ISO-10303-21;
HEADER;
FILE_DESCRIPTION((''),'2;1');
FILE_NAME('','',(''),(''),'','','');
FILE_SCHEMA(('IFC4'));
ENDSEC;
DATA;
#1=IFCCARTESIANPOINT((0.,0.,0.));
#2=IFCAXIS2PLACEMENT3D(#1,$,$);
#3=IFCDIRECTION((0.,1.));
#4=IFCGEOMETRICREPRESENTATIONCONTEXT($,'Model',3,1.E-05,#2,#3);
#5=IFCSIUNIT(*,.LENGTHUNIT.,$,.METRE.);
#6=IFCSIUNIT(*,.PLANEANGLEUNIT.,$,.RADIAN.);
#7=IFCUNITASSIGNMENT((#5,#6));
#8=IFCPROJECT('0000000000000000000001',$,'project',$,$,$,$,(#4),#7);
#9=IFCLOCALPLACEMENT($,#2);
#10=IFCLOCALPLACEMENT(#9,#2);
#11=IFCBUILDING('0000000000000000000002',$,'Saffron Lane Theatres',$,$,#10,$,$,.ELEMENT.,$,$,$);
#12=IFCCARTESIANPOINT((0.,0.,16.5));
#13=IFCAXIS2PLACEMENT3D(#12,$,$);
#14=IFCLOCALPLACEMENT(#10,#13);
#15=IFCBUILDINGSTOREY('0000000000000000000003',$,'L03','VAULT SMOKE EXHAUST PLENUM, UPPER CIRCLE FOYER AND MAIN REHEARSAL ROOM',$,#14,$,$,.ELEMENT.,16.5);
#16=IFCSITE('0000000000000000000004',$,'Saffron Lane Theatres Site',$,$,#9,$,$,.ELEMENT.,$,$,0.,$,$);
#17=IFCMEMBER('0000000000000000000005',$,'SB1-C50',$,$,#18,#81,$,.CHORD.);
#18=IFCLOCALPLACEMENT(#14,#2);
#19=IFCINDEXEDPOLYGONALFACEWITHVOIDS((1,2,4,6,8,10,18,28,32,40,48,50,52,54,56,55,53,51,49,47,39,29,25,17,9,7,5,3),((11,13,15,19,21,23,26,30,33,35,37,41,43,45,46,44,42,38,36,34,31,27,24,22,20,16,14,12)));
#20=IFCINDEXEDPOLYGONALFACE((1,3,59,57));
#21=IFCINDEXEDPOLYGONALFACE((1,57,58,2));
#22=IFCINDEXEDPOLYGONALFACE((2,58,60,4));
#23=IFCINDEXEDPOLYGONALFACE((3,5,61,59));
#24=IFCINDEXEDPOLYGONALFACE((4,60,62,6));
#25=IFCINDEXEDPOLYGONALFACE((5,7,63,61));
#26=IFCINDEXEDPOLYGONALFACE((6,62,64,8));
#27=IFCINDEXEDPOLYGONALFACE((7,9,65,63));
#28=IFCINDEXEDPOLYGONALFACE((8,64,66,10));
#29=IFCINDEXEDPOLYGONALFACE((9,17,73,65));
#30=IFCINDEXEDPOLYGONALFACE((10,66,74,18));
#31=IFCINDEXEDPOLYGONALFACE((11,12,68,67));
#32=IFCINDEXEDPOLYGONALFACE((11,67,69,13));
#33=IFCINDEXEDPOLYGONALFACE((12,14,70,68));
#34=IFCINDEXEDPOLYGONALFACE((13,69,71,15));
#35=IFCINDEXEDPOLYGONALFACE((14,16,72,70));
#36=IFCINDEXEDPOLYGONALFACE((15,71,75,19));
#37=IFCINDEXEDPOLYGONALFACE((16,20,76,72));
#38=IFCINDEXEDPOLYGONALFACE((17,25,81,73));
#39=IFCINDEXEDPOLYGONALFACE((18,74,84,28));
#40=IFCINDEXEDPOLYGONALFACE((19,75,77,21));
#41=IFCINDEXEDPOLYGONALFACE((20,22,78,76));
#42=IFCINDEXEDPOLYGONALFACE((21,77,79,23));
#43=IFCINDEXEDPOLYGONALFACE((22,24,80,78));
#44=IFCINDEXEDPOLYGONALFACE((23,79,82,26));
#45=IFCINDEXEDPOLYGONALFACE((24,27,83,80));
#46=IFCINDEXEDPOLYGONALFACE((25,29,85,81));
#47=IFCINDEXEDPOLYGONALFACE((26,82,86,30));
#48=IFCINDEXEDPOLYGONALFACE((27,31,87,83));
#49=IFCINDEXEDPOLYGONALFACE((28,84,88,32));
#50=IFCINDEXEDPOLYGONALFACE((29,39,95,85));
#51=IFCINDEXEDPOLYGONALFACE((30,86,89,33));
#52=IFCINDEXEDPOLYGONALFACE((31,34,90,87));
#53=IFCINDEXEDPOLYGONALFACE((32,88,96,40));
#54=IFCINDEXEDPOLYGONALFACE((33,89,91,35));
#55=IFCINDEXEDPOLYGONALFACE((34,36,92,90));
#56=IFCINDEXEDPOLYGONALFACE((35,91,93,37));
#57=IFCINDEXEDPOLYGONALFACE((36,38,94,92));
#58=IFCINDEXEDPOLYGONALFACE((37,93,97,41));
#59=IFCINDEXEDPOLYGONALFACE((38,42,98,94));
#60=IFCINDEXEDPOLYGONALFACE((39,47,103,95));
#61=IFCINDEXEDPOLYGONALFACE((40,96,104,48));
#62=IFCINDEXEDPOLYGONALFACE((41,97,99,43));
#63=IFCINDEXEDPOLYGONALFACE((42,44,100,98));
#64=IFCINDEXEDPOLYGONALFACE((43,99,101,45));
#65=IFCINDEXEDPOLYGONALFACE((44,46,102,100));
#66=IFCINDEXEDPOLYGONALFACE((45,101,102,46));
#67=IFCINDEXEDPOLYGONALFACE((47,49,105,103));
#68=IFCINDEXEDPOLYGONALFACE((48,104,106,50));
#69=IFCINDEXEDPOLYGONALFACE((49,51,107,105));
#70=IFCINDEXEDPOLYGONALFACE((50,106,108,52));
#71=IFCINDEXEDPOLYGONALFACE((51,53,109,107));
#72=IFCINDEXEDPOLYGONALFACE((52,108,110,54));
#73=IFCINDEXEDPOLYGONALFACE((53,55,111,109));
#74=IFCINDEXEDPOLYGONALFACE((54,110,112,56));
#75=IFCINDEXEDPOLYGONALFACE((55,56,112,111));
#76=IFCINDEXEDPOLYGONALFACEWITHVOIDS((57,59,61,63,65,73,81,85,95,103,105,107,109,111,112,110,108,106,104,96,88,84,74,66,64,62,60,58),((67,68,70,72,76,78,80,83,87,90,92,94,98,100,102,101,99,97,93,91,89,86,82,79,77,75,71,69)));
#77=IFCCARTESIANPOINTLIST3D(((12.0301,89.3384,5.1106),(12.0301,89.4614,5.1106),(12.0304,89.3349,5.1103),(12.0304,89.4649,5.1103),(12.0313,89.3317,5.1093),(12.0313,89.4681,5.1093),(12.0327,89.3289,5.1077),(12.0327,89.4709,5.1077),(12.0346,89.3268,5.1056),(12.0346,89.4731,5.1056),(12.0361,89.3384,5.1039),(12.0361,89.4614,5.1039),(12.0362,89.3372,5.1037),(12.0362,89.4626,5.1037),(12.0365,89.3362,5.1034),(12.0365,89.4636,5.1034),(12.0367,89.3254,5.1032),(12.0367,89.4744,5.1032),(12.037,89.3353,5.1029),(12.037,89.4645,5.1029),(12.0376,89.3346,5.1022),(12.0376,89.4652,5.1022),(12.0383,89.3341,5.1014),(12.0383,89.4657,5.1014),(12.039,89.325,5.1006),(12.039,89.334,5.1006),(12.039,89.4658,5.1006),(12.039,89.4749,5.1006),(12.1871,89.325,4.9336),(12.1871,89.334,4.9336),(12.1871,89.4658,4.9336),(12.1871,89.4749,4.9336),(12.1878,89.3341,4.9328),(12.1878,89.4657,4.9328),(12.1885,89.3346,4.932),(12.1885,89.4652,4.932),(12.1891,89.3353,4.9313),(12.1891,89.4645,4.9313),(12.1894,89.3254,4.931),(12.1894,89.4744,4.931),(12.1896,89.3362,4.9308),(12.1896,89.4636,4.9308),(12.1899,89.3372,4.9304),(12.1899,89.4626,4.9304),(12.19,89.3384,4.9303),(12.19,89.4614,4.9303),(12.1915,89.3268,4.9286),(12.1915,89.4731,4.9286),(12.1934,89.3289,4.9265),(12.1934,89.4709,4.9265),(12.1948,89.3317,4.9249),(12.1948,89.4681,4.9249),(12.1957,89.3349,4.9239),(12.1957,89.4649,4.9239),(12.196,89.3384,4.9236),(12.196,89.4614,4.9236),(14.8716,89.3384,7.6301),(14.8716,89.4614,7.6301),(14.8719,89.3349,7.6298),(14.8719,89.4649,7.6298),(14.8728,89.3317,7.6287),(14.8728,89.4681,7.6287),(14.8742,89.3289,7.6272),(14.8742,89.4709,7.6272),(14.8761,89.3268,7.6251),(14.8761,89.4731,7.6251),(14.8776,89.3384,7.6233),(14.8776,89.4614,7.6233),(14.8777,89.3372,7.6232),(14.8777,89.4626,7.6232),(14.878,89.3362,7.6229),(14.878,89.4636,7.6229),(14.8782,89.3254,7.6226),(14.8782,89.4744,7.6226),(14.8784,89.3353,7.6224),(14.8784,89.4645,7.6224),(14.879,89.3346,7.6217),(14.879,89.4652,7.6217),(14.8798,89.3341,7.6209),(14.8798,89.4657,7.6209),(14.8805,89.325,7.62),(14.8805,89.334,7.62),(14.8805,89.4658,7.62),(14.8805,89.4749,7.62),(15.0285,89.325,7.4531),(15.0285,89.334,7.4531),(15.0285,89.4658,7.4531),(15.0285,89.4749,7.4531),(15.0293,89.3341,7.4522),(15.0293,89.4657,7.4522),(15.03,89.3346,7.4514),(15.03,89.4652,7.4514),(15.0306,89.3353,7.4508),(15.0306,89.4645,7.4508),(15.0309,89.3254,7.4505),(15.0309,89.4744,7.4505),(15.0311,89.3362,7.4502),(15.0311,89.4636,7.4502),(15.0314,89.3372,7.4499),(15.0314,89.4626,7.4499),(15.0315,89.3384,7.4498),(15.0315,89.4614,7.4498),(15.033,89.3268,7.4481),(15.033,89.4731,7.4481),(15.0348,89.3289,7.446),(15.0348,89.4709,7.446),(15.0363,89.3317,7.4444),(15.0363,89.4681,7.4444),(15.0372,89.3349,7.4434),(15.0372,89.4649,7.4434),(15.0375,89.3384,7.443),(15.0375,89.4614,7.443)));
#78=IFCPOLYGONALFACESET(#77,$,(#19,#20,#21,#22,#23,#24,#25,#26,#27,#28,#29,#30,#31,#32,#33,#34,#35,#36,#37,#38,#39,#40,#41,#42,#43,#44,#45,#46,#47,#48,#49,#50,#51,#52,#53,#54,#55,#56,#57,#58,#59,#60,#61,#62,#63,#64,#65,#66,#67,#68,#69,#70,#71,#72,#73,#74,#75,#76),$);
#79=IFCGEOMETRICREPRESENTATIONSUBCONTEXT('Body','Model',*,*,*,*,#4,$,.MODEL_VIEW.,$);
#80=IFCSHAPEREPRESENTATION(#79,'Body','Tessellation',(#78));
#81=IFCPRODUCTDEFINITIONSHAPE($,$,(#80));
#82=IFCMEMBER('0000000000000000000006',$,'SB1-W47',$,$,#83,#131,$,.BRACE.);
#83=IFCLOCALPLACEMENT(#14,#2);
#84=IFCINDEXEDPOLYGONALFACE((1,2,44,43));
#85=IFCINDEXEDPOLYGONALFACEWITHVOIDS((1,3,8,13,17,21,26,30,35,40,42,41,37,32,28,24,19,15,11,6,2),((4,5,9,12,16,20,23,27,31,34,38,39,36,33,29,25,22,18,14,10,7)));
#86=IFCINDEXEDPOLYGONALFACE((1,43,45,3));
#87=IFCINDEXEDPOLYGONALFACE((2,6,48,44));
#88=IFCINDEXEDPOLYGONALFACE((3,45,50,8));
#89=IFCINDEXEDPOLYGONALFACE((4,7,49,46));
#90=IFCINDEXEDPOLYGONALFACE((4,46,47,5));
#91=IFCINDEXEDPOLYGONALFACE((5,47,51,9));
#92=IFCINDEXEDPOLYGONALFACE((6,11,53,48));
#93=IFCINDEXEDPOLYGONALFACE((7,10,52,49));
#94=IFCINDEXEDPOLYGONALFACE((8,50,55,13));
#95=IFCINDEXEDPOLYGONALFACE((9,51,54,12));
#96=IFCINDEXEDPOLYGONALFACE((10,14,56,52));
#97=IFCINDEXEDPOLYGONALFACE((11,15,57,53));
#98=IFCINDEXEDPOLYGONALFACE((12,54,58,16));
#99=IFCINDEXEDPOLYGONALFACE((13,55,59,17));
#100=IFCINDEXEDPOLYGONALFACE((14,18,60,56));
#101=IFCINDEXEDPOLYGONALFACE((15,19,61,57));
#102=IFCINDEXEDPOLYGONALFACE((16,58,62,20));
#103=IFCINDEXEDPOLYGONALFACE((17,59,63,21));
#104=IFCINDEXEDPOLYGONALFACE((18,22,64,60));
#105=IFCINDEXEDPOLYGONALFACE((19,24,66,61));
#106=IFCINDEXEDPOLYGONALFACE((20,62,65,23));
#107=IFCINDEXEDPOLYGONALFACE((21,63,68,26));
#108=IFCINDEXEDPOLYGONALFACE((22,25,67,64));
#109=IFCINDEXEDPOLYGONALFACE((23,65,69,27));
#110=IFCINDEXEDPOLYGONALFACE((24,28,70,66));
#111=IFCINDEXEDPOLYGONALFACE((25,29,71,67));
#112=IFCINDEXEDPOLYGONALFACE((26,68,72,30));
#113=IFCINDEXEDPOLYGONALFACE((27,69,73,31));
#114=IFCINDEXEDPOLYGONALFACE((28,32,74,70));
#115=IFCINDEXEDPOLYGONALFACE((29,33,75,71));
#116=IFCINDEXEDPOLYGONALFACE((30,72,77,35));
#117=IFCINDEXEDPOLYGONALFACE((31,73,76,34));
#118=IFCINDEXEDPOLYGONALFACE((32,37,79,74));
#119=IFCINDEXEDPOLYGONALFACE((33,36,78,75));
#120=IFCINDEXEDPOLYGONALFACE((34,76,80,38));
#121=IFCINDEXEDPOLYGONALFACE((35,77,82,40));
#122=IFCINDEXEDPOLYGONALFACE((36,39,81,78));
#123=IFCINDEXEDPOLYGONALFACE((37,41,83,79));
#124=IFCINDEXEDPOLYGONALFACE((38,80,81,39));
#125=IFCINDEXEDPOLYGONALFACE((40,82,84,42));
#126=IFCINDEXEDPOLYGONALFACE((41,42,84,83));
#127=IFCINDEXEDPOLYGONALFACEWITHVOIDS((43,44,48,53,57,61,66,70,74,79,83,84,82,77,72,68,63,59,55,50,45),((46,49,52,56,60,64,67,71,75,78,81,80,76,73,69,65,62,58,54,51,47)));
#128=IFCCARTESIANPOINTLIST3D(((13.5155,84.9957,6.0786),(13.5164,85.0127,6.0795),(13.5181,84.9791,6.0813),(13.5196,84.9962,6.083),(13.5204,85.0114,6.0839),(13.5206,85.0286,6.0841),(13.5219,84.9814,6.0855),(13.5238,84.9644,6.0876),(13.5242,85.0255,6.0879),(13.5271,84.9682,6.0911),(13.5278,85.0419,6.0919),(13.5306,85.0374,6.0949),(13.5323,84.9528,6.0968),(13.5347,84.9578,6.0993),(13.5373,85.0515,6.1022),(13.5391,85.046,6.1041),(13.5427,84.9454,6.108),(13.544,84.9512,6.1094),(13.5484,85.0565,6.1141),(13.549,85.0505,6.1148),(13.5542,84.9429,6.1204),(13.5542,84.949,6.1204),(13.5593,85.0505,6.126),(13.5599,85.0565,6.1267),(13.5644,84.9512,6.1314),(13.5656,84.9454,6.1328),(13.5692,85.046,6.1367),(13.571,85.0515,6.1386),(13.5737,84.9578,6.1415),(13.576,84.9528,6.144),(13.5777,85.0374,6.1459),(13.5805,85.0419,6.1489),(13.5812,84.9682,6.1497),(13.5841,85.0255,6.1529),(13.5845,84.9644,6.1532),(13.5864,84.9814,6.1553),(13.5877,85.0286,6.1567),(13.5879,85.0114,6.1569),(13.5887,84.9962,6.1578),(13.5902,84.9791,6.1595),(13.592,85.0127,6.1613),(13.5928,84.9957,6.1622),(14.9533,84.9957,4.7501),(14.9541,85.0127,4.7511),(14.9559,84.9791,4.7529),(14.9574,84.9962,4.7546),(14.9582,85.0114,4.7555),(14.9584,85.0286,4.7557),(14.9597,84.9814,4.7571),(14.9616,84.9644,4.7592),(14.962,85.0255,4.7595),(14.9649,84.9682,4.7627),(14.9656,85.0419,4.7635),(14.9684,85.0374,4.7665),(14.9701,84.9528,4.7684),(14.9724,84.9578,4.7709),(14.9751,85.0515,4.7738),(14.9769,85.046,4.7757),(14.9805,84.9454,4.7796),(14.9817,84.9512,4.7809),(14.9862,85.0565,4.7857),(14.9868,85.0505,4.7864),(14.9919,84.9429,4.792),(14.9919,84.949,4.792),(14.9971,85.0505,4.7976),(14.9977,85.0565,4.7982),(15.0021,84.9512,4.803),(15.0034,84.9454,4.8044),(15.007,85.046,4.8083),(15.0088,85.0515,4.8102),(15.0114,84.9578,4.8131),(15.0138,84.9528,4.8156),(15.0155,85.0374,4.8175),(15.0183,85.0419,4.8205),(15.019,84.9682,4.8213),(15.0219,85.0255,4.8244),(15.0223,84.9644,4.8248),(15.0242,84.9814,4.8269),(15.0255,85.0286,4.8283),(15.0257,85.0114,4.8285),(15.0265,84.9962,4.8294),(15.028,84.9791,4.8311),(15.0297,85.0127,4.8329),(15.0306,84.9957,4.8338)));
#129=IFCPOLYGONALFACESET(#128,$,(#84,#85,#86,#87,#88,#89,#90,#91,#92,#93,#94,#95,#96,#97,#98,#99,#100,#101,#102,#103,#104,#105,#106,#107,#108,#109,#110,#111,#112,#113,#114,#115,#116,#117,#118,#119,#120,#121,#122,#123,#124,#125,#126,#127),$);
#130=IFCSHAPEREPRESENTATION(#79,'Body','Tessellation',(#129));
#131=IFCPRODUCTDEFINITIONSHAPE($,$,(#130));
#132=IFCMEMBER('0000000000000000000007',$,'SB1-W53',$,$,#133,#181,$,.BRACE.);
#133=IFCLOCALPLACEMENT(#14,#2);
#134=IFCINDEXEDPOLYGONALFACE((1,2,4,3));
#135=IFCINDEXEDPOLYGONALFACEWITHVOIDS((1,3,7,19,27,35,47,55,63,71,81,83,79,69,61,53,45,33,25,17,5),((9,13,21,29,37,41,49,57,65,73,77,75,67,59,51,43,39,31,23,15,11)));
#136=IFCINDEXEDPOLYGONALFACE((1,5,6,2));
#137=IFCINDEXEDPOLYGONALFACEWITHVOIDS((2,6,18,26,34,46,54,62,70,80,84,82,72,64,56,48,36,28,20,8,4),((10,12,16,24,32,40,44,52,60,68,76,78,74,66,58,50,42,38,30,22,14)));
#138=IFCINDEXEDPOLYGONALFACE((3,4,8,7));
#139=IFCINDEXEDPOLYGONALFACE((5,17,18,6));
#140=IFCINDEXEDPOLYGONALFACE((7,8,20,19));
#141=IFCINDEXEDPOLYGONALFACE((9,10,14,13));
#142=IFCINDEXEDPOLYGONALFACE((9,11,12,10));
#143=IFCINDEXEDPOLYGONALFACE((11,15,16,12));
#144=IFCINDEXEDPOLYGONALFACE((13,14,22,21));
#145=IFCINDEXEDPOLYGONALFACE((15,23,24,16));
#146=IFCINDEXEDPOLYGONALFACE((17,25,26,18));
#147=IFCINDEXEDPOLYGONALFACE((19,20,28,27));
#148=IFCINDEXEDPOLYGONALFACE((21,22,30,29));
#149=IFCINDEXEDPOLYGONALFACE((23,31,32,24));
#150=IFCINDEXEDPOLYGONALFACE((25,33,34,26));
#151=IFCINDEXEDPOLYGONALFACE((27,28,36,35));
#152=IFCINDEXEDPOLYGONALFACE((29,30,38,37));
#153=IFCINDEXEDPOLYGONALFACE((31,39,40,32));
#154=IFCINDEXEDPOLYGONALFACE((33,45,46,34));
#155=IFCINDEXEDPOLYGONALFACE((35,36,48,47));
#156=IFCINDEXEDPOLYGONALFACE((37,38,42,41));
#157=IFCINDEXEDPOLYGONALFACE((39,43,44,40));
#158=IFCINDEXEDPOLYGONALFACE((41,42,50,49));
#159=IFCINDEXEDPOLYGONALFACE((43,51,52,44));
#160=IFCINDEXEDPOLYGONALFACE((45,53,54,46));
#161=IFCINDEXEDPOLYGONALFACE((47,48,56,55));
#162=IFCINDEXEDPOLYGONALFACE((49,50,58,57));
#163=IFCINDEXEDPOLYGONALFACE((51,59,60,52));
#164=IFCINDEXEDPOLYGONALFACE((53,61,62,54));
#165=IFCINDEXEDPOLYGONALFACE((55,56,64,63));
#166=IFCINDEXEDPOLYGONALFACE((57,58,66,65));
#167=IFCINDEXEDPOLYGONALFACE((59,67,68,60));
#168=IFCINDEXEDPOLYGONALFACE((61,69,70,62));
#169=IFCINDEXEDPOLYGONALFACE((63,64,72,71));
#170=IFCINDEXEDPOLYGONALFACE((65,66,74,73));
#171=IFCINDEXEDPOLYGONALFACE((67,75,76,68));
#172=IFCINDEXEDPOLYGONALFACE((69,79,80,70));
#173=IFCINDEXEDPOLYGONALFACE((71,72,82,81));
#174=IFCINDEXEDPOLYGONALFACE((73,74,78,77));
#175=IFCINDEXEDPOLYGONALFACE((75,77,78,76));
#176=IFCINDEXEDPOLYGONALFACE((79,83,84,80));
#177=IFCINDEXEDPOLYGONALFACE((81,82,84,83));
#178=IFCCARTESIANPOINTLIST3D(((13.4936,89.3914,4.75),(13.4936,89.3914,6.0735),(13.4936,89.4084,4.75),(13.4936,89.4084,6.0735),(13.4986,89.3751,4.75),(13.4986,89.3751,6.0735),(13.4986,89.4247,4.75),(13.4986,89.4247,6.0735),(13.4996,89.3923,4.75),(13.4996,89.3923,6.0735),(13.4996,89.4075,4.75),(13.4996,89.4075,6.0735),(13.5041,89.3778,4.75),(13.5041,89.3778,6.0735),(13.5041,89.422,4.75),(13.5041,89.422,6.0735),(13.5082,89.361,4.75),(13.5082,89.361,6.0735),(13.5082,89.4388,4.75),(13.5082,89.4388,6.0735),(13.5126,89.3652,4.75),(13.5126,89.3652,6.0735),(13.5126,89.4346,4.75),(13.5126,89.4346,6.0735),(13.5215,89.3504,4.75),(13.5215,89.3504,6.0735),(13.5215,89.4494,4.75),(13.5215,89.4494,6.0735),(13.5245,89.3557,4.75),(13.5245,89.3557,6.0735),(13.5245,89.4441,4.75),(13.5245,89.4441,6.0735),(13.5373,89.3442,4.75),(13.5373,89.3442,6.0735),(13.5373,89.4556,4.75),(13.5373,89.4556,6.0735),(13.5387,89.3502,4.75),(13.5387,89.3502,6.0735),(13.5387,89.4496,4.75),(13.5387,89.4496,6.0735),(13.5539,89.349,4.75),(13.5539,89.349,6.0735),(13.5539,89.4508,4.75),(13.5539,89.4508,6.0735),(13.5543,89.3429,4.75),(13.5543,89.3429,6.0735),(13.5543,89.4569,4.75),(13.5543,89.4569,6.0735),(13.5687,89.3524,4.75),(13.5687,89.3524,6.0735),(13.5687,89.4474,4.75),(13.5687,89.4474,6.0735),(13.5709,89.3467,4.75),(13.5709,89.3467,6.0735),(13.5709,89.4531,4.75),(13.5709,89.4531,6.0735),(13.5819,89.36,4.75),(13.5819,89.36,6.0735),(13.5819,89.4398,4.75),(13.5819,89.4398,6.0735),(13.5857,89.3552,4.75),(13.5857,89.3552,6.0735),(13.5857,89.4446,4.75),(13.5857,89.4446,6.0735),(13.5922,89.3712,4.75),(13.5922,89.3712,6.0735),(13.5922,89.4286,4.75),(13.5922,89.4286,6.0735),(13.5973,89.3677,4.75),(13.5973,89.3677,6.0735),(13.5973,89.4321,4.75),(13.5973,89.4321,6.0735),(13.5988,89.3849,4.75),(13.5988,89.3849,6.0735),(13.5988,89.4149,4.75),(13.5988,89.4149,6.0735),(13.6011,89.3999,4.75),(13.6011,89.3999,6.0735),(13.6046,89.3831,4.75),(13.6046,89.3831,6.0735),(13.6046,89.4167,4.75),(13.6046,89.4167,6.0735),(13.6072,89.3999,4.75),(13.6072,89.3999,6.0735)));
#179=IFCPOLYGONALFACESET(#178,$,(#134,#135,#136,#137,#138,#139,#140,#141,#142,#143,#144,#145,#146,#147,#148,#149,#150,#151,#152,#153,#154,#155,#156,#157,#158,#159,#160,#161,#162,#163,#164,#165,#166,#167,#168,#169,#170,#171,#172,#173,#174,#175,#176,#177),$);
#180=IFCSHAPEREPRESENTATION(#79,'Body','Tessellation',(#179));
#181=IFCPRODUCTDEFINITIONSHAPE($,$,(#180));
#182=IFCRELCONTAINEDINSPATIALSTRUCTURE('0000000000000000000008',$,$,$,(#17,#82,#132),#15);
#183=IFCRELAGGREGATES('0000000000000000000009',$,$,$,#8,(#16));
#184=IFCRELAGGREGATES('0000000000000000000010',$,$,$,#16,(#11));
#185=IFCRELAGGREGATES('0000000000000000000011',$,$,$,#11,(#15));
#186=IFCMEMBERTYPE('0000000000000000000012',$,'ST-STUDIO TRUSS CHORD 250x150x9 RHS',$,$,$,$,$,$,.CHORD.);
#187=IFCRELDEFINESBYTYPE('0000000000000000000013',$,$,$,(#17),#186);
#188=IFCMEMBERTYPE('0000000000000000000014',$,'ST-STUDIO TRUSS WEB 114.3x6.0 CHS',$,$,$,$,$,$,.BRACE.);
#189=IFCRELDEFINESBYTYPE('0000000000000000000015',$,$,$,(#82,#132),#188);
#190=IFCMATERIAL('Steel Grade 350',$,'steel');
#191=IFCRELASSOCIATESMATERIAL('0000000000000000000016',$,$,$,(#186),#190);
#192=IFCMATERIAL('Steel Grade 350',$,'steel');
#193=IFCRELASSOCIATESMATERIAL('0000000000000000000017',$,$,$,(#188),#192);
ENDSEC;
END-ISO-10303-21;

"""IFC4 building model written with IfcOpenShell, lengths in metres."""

from ifc_helpers import new_model, si_unit, direction, frame, origin, origin_2d, place, context, subcontext, project, spatial, hollow_rectangle, hollow_circle, extrude, material, material_profile, profile_set, type_object, element, save


model = new_model("IFC4")

# Units and contexts
model_context = context("Model", 3, precision=1e-05, world=origin(), true_north=direction((0.0, 1.0)))
body_context = subcontext(model_context, "Body", "Model", "MODEL_VIEW")
ifc_project = project(units=[si_unit("LENGTHUNIT", "METRE"), si_unit("PLANEANGLEUNIT", "RADIAN")], contexts=[model_context])

# Site, building, storey
site_placement = place(None, origin())
site = spatial("IfcSite", under=ifc_project, at=site_placement, Name="Saffron Lane Theatres Site", CompositionType="ELEMENT", RefElevation=0.0)
building_placement = place(site_placement, origin())
building = spatial("IfcBuilding", under=site, at=building_placement, Name="Saffron Lane Theatres", CompositionType="ELEMENT")
storey_placement = place(building_placement, frame((0.0, 0.0, 16.5)))
storey = spatial("IfcBuildingStorey", under=building, at=storey_placement, Name="L03", Description="VAULT SMOKE EXHAUST PLENUM, UPPER CIRCLE FOYER AND MAIN REHEARSAL ROOM", CompositionType="ELEMENT", Elevation=16.5)

# Members
ifc_material_1 = material(Name="Steel Grade 350", Category="steel")
ifc_material_profile_1 = material_profile(ifc_material_1, hollow_rectangle(XDim=0.1499, YDim=0.25, WallThickness=0.009, InnerFilletRadius=0.0044, OuterFilletRadius=0.0134, at=origin_2d()))
ifc_profile_set_1 = profile_set([ifc_material_profile_1], Name="Steel Grade 350")
member_type_1 = type_object("IfcMemberType", Name="ST-STUDIO TRUSS CHORD 250x150x9 RHS", PredefinedType="CHORD", material=ifc_profile_set_1)
member_1_placement = place(storey_placement, frame((12.113, 89.3999, 5.0171), z_axis=(0.748232, 0.0, 0.663438), x_axis=(0.0, 1.0, 0.0)))
element("IfcMember", 1, at=member_1_placement, inside=storey, type_object=member_type_1, Name="SB1-C50", PredefinedType="CHORD", context=body_context, shape_type="SweptSolid", body=[
    extrude(hollow_rectangle(XDim=0.1499, YDim=0.25, WallThickness=0.009, InnerFilletRadius=0.0044, OuterFilletRadius=0.0134, at=origin_2d()), origin(), (0.0, 0.0, 1.0), 3.7976),
])
ifc_material_2 = material(Name="Steel Grade 350", Category="steel")
ifc_material_profile_2 = material_profile(ifc_material_2, hollow_circle(Radius=0.0571, WallThickness=0.0061, at=origin_2d()))
ifc_profile_set_2 = profile_set([ifc_material_profile_2], Name="Steel Grade 350")
member_type_2 = type_object("IfcMemberType", Name="ST-STUDIO TRUSS WEB 114.3x6.0 CHS", PredefinedType="BRACE", material=ifc_profile_set_2)
member_2_placement = place(storey_placement, frame((14.9919, 85.0, 4.792), z_axis=(-0.734493, 0.0, 0.678617), x_axis=(0.0, -1.0, 0.0)))
element("IfcMember", 2, at=member_2_placement, inside=storey, type_object=member_type_2, Name="SB1-W47", PredefinedType="BRACE", context=body_context, shape_type="SweptSolid", body=[
    extrude(hollow_circle(Radius=0.0571, WallThickness=0.0061, at=origin_2d()), origin(), (0.0, 0.0, 1.0), 1.9575),
])
member_3_placement = place(storey_placement, frame((13.55, 89.3999, 4.75), z_axis=(0.0, 0.0, 1.0), x_axis=(1.0, 0.0, 0.0)))
element("IfcMember", 3, at=member_3_placement, inside=storey, type_object=member_type_2, Name="SB1-W53", PredefinedType="BRACE", context=body_context, shape_type="SweptSolid", body=[
    extrude(hollow_circle(Radius=0.0571, WallThickness=0.0061, at=origin_2d()), origin(), (0.0, 0.0, 1.0), 1.3235),
])

save(model, "model.ifc")
